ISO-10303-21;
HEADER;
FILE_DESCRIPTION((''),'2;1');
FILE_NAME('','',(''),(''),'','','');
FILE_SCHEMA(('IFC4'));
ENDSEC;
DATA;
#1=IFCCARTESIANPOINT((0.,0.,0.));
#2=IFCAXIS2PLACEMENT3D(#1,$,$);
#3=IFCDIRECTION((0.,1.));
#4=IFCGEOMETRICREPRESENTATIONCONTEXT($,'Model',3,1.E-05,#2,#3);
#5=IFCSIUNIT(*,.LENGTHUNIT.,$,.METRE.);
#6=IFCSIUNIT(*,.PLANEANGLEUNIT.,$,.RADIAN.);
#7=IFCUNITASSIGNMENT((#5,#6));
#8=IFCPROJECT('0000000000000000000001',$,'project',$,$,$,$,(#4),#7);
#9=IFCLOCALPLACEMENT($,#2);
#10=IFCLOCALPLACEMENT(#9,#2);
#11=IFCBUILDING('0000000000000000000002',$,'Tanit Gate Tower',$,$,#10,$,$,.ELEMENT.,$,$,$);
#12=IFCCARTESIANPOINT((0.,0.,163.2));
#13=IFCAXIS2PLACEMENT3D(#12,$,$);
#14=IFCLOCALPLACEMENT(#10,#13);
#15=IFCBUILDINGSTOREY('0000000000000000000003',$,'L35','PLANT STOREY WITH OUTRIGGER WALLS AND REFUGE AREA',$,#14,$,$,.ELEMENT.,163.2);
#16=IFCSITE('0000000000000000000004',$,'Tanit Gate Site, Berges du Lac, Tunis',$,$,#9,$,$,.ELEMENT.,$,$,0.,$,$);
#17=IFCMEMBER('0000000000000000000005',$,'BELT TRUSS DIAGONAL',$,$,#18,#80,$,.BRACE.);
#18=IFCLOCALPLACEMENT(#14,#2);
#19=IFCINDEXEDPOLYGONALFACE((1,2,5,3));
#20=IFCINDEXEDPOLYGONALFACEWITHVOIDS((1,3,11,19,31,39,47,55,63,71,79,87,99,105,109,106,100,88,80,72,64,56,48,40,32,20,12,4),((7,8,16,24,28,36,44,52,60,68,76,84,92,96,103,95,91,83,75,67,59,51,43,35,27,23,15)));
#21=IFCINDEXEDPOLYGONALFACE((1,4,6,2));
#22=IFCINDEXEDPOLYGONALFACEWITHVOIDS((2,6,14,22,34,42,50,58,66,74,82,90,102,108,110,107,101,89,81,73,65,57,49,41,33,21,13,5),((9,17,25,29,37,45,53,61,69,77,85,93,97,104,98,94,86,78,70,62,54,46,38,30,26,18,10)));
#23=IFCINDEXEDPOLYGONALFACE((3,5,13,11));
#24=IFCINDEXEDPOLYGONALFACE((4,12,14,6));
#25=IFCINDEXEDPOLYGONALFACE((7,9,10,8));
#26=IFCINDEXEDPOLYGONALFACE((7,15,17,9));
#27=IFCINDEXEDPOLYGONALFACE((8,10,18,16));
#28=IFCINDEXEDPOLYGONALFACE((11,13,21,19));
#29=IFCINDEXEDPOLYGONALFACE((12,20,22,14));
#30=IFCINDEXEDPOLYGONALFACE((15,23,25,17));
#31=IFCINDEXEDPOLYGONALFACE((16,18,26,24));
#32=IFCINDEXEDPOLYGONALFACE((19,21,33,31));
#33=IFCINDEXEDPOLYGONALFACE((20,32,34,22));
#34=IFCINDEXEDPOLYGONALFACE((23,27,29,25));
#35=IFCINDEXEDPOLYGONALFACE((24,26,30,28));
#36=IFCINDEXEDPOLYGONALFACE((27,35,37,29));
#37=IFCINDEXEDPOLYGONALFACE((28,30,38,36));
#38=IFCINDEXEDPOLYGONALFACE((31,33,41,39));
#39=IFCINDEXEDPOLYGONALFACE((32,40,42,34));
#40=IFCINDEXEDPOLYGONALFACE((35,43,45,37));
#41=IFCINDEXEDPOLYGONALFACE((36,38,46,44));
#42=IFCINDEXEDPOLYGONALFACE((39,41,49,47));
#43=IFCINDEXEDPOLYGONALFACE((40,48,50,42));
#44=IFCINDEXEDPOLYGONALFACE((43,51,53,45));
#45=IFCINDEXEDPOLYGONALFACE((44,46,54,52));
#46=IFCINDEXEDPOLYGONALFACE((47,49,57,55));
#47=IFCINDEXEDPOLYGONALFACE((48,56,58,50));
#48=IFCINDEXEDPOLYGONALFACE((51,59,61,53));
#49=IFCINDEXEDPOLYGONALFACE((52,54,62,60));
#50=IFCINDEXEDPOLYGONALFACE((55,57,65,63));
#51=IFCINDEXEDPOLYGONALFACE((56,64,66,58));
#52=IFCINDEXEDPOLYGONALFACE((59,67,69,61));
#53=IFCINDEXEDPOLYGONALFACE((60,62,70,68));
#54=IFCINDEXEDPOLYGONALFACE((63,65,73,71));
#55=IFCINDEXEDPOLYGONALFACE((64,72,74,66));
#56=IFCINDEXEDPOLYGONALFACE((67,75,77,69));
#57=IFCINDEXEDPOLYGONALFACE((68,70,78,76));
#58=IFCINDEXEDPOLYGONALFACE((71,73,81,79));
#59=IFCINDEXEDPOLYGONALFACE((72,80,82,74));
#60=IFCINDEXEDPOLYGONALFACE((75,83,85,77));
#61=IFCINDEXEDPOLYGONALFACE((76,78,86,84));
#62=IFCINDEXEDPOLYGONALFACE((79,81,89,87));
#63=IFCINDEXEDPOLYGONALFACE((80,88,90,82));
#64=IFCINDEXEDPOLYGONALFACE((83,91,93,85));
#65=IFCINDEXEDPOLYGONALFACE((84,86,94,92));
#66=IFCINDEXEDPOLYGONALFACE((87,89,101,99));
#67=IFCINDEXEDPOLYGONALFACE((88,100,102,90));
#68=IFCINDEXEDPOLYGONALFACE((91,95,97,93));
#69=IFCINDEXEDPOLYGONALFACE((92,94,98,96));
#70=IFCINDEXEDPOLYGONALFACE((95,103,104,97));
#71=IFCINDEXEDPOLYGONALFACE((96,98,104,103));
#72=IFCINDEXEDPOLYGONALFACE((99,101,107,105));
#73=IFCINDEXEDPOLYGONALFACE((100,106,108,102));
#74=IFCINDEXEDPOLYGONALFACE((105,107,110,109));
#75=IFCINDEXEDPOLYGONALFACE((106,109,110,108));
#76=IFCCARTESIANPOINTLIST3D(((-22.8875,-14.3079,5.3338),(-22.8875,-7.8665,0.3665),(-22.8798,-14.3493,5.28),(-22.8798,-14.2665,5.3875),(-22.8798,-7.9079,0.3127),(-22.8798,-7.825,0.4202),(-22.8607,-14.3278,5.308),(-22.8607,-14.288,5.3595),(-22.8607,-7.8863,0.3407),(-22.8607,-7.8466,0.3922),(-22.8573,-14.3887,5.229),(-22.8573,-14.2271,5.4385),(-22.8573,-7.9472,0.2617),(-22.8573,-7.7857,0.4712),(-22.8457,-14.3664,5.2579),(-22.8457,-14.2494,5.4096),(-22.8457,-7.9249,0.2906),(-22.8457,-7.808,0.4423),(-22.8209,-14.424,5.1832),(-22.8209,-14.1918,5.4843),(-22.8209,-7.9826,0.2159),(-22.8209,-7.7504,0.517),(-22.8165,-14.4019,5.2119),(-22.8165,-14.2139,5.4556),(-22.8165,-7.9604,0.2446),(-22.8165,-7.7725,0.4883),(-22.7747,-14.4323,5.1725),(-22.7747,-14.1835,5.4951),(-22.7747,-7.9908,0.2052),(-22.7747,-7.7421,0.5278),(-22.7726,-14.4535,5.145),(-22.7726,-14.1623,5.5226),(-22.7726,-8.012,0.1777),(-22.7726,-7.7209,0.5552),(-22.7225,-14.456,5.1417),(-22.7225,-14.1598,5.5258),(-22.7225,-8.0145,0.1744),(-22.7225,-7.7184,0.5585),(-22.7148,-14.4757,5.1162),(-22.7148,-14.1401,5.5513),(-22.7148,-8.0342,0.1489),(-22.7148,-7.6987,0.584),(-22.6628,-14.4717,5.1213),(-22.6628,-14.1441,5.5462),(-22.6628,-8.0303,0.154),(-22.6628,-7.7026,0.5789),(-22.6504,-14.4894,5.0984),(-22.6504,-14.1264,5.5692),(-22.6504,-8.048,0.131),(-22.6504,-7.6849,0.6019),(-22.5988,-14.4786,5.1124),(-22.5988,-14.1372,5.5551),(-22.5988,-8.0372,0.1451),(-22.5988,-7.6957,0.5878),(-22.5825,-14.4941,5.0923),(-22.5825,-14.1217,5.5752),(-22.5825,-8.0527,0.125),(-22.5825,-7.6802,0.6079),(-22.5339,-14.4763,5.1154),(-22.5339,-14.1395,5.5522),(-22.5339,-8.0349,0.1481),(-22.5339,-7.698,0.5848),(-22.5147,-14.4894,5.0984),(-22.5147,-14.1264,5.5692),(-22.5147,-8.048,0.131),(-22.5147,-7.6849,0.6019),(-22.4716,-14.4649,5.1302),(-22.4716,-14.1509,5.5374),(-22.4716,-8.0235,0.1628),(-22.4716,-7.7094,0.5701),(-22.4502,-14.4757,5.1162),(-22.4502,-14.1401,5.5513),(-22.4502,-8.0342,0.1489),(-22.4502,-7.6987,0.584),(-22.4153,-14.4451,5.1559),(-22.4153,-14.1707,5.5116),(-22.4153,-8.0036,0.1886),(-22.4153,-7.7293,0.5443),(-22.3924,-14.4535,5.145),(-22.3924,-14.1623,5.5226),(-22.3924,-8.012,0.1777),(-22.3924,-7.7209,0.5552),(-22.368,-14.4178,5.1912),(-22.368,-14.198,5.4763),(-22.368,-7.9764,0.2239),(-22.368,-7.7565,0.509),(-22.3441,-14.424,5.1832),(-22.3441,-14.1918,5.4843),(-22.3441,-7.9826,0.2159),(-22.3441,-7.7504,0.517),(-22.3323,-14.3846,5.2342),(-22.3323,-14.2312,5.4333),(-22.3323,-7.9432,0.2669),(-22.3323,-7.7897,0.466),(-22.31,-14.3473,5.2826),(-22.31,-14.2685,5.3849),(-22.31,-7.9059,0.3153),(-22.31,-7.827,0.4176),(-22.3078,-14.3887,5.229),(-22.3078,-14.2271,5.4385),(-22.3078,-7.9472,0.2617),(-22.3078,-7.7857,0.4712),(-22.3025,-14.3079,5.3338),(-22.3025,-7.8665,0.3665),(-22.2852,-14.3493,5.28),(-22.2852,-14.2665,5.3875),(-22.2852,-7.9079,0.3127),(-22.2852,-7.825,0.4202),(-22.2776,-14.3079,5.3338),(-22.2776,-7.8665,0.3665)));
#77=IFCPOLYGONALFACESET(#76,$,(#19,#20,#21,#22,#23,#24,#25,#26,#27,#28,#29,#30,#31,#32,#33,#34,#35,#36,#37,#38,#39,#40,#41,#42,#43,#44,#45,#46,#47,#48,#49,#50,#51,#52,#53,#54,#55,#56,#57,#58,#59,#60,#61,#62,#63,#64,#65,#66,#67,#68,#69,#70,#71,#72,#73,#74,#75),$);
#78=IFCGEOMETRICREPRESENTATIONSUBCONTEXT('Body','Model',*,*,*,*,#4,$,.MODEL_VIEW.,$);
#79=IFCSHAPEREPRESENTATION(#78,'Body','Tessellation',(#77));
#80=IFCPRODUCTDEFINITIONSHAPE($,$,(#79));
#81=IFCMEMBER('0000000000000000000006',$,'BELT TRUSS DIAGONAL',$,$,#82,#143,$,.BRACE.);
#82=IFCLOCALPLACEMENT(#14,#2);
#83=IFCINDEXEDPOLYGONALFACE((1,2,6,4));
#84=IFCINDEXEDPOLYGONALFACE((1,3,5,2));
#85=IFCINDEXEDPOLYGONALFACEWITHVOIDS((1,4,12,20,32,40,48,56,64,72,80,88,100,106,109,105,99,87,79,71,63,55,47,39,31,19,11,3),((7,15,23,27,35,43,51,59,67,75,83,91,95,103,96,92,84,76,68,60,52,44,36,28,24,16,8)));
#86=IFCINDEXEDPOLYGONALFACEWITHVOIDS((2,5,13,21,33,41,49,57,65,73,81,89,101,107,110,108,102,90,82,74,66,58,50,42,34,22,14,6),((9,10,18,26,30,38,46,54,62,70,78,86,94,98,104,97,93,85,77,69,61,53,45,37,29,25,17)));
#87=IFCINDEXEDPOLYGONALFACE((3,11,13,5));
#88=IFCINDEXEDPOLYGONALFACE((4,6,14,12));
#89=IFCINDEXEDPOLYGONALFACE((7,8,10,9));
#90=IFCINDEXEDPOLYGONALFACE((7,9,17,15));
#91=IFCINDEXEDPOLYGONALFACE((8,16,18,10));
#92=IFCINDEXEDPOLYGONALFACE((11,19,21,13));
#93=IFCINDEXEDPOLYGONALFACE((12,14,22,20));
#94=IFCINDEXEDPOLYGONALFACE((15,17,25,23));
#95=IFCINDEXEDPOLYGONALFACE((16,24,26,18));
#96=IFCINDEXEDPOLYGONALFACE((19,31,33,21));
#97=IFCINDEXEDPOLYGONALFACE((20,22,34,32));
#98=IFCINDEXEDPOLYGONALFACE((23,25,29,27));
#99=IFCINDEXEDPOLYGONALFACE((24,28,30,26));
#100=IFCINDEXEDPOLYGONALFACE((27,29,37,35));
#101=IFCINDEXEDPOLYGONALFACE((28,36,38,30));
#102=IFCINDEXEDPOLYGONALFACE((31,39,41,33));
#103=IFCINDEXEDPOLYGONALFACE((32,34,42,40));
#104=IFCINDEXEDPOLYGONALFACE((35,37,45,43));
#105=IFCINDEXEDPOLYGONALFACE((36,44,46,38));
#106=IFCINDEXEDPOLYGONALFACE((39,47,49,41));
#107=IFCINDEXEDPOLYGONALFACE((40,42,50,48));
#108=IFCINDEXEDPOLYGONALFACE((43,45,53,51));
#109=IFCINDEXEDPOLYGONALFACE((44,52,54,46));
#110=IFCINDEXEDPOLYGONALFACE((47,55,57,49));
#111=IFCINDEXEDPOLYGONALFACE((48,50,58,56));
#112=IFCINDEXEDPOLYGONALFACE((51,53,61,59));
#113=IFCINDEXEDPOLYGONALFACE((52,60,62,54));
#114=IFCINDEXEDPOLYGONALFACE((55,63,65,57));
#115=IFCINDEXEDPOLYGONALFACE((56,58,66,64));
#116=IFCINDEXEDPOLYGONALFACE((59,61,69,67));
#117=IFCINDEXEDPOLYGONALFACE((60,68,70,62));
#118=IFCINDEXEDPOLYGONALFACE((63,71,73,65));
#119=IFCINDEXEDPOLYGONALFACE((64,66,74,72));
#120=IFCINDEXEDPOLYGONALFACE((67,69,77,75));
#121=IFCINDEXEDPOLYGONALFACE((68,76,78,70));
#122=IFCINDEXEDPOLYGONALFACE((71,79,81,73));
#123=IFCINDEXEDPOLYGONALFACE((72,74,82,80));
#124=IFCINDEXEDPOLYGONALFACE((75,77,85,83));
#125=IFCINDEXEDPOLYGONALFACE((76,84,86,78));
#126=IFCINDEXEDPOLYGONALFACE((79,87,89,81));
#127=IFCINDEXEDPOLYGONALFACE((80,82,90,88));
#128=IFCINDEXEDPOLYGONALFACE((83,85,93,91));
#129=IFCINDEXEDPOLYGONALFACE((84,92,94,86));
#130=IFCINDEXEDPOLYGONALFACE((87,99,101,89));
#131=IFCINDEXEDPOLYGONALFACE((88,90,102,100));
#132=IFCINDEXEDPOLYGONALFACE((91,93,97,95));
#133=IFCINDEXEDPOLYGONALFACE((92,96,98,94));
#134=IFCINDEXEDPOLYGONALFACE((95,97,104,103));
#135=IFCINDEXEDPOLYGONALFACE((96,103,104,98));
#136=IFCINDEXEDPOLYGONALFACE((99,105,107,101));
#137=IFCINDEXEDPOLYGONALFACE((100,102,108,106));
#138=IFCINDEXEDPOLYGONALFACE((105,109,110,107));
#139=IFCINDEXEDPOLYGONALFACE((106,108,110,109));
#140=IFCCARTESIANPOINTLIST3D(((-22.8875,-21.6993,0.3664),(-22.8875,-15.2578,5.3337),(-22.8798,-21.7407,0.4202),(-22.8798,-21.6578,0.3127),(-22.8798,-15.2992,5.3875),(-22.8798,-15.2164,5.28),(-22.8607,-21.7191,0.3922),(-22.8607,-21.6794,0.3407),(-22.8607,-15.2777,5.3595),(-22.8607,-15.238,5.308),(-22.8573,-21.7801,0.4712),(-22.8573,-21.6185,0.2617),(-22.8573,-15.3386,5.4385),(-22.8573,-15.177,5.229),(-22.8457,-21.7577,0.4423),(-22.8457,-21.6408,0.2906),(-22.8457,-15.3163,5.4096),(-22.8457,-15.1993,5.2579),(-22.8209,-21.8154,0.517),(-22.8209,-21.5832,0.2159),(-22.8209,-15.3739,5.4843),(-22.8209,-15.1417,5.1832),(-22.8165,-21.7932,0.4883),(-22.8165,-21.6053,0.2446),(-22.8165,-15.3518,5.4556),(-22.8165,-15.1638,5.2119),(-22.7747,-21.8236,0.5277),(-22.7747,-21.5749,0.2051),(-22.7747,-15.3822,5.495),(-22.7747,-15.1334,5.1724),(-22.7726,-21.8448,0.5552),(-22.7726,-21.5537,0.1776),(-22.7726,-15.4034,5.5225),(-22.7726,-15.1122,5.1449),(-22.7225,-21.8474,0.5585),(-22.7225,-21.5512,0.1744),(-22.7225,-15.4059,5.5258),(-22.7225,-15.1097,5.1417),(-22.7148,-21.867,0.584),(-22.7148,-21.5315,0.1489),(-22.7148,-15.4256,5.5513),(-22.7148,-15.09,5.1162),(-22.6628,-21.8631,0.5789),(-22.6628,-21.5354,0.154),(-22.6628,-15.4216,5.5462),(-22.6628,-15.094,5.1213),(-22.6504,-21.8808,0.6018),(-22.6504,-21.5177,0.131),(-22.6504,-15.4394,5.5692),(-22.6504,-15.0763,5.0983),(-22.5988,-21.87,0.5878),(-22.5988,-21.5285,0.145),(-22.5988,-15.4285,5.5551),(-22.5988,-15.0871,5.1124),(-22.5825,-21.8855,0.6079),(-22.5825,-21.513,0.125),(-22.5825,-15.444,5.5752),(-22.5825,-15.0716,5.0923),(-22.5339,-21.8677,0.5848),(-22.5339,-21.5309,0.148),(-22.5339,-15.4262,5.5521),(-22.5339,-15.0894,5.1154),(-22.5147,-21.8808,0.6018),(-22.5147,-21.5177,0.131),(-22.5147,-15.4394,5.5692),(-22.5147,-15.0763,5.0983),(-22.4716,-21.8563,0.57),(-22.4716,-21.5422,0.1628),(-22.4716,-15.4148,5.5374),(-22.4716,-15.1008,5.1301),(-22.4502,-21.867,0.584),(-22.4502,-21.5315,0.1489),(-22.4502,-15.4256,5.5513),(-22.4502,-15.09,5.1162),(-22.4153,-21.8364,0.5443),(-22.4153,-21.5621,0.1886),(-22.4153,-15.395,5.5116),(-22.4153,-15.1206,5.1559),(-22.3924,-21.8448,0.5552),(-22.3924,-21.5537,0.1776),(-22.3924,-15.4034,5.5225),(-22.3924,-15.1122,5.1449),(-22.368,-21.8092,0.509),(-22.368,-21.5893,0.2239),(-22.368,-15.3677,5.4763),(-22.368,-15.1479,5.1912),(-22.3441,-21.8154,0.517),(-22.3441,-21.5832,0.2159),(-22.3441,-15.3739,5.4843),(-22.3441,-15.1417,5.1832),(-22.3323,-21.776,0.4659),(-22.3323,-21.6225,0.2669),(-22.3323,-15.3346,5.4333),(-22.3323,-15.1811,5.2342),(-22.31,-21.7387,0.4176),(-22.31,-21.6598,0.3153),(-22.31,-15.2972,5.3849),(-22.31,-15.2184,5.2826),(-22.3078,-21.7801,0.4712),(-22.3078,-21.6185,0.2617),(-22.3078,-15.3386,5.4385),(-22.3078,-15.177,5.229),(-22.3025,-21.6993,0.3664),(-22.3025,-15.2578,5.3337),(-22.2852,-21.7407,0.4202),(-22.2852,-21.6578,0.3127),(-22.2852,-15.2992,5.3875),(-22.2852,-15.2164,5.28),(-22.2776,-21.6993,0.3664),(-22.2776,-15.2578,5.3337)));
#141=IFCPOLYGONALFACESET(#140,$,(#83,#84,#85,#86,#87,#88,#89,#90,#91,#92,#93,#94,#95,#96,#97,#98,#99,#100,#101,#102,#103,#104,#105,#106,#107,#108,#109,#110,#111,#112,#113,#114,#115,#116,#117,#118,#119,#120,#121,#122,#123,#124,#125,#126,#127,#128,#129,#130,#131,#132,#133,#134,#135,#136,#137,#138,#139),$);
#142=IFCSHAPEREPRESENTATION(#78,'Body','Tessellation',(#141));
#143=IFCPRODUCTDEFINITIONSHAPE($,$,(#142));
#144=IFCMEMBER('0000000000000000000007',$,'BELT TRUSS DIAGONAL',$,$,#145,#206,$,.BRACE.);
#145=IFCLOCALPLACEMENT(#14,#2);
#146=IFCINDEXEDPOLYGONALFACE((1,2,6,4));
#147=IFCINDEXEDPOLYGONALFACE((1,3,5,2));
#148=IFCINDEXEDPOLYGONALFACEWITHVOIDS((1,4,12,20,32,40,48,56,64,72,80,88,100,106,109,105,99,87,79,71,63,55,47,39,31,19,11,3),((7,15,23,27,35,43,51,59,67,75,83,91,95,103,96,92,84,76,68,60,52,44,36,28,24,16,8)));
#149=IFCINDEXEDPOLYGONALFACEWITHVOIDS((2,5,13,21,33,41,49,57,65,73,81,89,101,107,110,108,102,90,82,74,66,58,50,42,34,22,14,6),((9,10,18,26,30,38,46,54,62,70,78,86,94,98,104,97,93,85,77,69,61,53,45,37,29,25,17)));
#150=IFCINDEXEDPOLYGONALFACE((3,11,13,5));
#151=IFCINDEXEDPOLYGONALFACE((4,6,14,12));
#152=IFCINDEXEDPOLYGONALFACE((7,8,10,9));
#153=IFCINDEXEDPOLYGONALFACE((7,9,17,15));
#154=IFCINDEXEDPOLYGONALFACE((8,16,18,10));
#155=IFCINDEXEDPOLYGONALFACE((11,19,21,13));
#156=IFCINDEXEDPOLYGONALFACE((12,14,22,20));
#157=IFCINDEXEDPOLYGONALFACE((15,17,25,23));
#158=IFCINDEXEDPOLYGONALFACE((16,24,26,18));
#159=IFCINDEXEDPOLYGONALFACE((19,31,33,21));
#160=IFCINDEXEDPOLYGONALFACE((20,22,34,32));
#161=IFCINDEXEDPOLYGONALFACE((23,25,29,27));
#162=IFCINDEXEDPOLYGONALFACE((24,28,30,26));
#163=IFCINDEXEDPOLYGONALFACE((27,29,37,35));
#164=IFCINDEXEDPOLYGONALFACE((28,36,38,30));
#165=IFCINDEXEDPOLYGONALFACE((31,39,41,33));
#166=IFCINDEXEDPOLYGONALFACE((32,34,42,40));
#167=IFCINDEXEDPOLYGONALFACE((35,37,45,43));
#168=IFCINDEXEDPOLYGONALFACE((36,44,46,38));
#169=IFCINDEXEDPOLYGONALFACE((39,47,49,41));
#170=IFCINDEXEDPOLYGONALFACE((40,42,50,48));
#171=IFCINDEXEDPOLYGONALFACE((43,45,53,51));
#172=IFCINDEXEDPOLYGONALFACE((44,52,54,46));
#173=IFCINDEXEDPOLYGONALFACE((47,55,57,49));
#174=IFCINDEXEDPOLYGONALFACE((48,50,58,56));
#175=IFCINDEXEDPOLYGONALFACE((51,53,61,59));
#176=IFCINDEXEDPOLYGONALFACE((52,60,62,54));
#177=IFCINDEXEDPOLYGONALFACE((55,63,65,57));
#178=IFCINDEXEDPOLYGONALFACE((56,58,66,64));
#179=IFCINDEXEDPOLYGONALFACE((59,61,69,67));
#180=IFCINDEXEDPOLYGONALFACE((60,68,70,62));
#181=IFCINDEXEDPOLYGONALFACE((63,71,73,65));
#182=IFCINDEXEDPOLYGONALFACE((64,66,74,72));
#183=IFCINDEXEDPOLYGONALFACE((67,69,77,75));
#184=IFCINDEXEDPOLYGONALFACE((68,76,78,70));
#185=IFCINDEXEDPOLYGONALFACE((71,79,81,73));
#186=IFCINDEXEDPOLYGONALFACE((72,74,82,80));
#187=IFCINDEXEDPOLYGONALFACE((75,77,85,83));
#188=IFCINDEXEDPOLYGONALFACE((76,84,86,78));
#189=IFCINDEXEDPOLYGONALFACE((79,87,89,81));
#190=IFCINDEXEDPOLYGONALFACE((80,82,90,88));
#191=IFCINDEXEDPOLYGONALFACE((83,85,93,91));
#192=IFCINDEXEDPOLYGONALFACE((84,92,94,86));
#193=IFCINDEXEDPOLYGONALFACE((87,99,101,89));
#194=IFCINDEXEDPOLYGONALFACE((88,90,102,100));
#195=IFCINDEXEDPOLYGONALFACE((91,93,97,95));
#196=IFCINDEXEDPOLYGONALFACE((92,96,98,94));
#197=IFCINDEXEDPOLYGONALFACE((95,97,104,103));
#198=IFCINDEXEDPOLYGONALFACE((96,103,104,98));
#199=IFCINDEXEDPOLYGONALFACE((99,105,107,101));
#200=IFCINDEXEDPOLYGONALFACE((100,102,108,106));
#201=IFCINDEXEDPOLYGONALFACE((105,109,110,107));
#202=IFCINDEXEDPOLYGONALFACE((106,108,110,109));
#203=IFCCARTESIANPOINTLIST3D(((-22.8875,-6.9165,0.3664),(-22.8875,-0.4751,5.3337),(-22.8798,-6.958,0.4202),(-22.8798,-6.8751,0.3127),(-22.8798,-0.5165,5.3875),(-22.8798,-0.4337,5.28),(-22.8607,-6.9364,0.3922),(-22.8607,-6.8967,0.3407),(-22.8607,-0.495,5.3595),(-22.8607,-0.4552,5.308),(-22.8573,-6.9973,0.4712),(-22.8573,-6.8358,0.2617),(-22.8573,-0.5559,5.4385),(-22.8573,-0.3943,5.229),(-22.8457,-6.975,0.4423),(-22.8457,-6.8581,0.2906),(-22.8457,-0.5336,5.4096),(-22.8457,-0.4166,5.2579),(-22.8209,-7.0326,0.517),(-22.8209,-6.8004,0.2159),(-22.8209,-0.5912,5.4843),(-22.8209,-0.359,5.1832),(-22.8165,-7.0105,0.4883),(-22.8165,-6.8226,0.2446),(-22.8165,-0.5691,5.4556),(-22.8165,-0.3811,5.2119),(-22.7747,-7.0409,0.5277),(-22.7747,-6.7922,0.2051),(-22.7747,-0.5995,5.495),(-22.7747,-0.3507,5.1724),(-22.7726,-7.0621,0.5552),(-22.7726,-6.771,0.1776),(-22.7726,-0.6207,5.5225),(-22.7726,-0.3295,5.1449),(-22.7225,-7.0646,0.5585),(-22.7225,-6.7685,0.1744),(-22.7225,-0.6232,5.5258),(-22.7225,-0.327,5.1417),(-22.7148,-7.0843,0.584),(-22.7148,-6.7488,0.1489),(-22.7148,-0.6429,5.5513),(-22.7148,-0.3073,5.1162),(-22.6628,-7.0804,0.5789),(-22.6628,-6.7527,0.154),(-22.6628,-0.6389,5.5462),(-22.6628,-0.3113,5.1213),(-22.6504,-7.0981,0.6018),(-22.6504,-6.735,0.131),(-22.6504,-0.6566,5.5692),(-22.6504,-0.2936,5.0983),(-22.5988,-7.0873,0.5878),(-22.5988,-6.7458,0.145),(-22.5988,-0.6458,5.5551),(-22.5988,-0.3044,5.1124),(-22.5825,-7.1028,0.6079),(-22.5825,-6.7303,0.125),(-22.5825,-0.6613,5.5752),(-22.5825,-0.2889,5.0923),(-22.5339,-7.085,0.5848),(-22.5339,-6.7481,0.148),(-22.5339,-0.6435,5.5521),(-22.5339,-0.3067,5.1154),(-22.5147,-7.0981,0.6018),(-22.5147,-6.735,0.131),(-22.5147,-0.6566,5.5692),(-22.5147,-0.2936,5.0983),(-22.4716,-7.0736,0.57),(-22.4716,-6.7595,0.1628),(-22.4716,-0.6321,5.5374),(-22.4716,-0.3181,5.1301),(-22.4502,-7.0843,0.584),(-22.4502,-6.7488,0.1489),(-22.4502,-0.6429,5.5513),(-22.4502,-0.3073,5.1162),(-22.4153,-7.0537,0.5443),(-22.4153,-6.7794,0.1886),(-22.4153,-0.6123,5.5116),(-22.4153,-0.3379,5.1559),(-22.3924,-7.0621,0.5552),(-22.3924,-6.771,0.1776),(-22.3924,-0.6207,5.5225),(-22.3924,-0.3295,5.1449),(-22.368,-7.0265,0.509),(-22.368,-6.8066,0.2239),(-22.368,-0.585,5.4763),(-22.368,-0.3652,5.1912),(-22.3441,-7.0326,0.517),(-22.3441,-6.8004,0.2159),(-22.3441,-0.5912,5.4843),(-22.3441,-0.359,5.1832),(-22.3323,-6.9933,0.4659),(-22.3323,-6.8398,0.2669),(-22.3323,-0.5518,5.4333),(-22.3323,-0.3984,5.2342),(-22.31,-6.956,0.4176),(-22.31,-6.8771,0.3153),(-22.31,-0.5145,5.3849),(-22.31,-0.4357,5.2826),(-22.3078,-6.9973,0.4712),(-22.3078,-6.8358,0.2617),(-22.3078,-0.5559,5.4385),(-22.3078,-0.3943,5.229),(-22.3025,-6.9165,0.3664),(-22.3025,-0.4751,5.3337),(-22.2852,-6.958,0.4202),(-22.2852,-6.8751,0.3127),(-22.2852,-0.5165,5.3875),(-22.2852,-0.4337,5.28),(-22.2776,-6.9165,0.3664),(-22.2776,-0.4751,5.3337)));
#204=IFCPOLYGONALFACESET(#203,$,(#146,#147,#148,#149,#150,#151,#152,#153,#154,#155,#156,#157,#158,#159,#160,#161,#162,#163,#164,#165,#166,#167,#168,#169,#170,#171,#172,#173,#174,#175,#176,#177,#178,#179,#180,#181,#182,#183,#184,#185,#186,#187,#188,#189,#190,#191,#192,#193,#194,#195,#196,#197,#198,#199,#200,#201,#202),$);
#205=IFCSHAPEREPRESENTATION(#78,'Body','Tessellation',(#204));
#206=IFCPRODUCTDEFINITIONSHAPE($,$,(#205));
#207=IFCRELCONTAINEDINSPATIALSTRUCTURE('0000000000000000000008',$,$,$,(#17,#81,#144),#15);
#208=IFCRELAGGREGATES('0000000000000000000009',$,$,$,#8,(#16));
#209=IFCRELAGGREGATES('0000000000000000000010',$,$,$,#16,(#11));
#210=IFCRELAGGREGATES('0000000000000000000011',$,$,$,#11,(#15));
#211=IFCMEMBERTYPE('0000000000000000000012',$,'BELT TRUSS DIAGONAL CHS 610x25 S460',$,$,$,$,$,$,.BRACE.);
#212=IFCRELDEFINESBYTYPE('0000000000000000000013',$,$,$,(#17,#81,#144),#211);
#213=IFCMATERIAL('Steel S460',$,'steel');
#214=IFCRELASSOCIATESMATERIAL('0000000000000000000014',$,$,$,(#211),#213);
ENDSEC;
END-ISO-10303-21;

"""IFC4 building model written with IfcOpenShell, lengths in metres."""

from ifc_helpers import new_model, si_unit, direction, frame, origin, origin_2d, place, context, subcontext, project, spatial, hollow_circle, extrude, material, material_profile, profile_set, type_object, element, save


model = new_model("IFC4")

# Units and contexts
model_context = context("Model", 3, precision=1e-05, world=origin(), true_north=direction((0.0, 1.0)))
body_context = subcontext(model_context, "Body", "Model", "MODEL_VIEW")
ifc_project = project(units=[si_unit("LENGTHUNIT", "METRE"), si_unit("PLANEANGLEUNIT", "RADIAN")], contexts=[model_context])

# Site, building, storey
site_placement = place(None, origin())
site = spatial("IfcSite", under=ifc_project, at=site_placement, Name="Tanit Gate Site, Berges du Lac, Tunis", CompositionType="ELEMENT", RefElevation=0.0)
building_placement = place(site_placement, origin())
building = spatial("IfcBuilding", under=site, at=building_placement, Name="Tanit Gate Tower", CompositionType="ELEMENT")
storey_placement = place(building_placement, frame((0.0, 0.0, 163.2)))
storey = spatial("IfcBuildingStorey", under=building, at=storey_placement, Name="L35", Description="PLANT STOREY WITH OUTRIGGER WALLS AND REFUGE AREA", CompositionType="ELEMENT", Elevation=163.2)

# Members
ifc_material_1 = material(Name="Steel S460", Category="steel")
ifc_material_profile_1 = material_profile(ifc_material_1, hollow_circle(Radius=0.3049, WallThickness=0.0249, at=origin_2d()), Name="CHS 610x25")
ifc_profile_set_1 = profile_set([ifc_material_profile_1], Name="Steel S460")
member_type = type_object("IfcMemberType", Name="BELT TRUSS DIAGONAL CHS 610x25 S460", PredefinedType="BRACE", material=ifc_profile_set_1)
for number, where, z_axis, x_axis, name in (
    (1, (-22.5825, -7.8665, 0.3665), (0.0, -0.791889, 0.610665), (1.0, 0.0, 0.0), "BELT TRUSS DIAGONAL"),
    (2, (-22.5825, -15.2578, 5.3337), (0.0, -0.791889, -0.610665), (1.0, 0.0, 0.0), "BELT TRUSS DIAGONAL"),
    (3, (-22.5825, -0.4751, 5.3337), (0.0, -0.791889, -0.610665), (1.0, 0.0, 0.0), "BELT TRUSS DIAGONAL"),
):
    element("IfcMember", number, at=place(storey_placement, frame(where, z_axis=z_axis, x_axis=x_axis)), inside=storey, type_object=member_type, Name=name, PredefinedType="BRACE", context=body_context, shape_type="SweptSolid", body=[
        extrude(hollow_circle(Radius=0.3049, WallThickness=0.0249, at=origin_2d()), origin(), (0.0, 0.0, 1.0), 8.1343),
    ])

save(model, "model.ifc")
